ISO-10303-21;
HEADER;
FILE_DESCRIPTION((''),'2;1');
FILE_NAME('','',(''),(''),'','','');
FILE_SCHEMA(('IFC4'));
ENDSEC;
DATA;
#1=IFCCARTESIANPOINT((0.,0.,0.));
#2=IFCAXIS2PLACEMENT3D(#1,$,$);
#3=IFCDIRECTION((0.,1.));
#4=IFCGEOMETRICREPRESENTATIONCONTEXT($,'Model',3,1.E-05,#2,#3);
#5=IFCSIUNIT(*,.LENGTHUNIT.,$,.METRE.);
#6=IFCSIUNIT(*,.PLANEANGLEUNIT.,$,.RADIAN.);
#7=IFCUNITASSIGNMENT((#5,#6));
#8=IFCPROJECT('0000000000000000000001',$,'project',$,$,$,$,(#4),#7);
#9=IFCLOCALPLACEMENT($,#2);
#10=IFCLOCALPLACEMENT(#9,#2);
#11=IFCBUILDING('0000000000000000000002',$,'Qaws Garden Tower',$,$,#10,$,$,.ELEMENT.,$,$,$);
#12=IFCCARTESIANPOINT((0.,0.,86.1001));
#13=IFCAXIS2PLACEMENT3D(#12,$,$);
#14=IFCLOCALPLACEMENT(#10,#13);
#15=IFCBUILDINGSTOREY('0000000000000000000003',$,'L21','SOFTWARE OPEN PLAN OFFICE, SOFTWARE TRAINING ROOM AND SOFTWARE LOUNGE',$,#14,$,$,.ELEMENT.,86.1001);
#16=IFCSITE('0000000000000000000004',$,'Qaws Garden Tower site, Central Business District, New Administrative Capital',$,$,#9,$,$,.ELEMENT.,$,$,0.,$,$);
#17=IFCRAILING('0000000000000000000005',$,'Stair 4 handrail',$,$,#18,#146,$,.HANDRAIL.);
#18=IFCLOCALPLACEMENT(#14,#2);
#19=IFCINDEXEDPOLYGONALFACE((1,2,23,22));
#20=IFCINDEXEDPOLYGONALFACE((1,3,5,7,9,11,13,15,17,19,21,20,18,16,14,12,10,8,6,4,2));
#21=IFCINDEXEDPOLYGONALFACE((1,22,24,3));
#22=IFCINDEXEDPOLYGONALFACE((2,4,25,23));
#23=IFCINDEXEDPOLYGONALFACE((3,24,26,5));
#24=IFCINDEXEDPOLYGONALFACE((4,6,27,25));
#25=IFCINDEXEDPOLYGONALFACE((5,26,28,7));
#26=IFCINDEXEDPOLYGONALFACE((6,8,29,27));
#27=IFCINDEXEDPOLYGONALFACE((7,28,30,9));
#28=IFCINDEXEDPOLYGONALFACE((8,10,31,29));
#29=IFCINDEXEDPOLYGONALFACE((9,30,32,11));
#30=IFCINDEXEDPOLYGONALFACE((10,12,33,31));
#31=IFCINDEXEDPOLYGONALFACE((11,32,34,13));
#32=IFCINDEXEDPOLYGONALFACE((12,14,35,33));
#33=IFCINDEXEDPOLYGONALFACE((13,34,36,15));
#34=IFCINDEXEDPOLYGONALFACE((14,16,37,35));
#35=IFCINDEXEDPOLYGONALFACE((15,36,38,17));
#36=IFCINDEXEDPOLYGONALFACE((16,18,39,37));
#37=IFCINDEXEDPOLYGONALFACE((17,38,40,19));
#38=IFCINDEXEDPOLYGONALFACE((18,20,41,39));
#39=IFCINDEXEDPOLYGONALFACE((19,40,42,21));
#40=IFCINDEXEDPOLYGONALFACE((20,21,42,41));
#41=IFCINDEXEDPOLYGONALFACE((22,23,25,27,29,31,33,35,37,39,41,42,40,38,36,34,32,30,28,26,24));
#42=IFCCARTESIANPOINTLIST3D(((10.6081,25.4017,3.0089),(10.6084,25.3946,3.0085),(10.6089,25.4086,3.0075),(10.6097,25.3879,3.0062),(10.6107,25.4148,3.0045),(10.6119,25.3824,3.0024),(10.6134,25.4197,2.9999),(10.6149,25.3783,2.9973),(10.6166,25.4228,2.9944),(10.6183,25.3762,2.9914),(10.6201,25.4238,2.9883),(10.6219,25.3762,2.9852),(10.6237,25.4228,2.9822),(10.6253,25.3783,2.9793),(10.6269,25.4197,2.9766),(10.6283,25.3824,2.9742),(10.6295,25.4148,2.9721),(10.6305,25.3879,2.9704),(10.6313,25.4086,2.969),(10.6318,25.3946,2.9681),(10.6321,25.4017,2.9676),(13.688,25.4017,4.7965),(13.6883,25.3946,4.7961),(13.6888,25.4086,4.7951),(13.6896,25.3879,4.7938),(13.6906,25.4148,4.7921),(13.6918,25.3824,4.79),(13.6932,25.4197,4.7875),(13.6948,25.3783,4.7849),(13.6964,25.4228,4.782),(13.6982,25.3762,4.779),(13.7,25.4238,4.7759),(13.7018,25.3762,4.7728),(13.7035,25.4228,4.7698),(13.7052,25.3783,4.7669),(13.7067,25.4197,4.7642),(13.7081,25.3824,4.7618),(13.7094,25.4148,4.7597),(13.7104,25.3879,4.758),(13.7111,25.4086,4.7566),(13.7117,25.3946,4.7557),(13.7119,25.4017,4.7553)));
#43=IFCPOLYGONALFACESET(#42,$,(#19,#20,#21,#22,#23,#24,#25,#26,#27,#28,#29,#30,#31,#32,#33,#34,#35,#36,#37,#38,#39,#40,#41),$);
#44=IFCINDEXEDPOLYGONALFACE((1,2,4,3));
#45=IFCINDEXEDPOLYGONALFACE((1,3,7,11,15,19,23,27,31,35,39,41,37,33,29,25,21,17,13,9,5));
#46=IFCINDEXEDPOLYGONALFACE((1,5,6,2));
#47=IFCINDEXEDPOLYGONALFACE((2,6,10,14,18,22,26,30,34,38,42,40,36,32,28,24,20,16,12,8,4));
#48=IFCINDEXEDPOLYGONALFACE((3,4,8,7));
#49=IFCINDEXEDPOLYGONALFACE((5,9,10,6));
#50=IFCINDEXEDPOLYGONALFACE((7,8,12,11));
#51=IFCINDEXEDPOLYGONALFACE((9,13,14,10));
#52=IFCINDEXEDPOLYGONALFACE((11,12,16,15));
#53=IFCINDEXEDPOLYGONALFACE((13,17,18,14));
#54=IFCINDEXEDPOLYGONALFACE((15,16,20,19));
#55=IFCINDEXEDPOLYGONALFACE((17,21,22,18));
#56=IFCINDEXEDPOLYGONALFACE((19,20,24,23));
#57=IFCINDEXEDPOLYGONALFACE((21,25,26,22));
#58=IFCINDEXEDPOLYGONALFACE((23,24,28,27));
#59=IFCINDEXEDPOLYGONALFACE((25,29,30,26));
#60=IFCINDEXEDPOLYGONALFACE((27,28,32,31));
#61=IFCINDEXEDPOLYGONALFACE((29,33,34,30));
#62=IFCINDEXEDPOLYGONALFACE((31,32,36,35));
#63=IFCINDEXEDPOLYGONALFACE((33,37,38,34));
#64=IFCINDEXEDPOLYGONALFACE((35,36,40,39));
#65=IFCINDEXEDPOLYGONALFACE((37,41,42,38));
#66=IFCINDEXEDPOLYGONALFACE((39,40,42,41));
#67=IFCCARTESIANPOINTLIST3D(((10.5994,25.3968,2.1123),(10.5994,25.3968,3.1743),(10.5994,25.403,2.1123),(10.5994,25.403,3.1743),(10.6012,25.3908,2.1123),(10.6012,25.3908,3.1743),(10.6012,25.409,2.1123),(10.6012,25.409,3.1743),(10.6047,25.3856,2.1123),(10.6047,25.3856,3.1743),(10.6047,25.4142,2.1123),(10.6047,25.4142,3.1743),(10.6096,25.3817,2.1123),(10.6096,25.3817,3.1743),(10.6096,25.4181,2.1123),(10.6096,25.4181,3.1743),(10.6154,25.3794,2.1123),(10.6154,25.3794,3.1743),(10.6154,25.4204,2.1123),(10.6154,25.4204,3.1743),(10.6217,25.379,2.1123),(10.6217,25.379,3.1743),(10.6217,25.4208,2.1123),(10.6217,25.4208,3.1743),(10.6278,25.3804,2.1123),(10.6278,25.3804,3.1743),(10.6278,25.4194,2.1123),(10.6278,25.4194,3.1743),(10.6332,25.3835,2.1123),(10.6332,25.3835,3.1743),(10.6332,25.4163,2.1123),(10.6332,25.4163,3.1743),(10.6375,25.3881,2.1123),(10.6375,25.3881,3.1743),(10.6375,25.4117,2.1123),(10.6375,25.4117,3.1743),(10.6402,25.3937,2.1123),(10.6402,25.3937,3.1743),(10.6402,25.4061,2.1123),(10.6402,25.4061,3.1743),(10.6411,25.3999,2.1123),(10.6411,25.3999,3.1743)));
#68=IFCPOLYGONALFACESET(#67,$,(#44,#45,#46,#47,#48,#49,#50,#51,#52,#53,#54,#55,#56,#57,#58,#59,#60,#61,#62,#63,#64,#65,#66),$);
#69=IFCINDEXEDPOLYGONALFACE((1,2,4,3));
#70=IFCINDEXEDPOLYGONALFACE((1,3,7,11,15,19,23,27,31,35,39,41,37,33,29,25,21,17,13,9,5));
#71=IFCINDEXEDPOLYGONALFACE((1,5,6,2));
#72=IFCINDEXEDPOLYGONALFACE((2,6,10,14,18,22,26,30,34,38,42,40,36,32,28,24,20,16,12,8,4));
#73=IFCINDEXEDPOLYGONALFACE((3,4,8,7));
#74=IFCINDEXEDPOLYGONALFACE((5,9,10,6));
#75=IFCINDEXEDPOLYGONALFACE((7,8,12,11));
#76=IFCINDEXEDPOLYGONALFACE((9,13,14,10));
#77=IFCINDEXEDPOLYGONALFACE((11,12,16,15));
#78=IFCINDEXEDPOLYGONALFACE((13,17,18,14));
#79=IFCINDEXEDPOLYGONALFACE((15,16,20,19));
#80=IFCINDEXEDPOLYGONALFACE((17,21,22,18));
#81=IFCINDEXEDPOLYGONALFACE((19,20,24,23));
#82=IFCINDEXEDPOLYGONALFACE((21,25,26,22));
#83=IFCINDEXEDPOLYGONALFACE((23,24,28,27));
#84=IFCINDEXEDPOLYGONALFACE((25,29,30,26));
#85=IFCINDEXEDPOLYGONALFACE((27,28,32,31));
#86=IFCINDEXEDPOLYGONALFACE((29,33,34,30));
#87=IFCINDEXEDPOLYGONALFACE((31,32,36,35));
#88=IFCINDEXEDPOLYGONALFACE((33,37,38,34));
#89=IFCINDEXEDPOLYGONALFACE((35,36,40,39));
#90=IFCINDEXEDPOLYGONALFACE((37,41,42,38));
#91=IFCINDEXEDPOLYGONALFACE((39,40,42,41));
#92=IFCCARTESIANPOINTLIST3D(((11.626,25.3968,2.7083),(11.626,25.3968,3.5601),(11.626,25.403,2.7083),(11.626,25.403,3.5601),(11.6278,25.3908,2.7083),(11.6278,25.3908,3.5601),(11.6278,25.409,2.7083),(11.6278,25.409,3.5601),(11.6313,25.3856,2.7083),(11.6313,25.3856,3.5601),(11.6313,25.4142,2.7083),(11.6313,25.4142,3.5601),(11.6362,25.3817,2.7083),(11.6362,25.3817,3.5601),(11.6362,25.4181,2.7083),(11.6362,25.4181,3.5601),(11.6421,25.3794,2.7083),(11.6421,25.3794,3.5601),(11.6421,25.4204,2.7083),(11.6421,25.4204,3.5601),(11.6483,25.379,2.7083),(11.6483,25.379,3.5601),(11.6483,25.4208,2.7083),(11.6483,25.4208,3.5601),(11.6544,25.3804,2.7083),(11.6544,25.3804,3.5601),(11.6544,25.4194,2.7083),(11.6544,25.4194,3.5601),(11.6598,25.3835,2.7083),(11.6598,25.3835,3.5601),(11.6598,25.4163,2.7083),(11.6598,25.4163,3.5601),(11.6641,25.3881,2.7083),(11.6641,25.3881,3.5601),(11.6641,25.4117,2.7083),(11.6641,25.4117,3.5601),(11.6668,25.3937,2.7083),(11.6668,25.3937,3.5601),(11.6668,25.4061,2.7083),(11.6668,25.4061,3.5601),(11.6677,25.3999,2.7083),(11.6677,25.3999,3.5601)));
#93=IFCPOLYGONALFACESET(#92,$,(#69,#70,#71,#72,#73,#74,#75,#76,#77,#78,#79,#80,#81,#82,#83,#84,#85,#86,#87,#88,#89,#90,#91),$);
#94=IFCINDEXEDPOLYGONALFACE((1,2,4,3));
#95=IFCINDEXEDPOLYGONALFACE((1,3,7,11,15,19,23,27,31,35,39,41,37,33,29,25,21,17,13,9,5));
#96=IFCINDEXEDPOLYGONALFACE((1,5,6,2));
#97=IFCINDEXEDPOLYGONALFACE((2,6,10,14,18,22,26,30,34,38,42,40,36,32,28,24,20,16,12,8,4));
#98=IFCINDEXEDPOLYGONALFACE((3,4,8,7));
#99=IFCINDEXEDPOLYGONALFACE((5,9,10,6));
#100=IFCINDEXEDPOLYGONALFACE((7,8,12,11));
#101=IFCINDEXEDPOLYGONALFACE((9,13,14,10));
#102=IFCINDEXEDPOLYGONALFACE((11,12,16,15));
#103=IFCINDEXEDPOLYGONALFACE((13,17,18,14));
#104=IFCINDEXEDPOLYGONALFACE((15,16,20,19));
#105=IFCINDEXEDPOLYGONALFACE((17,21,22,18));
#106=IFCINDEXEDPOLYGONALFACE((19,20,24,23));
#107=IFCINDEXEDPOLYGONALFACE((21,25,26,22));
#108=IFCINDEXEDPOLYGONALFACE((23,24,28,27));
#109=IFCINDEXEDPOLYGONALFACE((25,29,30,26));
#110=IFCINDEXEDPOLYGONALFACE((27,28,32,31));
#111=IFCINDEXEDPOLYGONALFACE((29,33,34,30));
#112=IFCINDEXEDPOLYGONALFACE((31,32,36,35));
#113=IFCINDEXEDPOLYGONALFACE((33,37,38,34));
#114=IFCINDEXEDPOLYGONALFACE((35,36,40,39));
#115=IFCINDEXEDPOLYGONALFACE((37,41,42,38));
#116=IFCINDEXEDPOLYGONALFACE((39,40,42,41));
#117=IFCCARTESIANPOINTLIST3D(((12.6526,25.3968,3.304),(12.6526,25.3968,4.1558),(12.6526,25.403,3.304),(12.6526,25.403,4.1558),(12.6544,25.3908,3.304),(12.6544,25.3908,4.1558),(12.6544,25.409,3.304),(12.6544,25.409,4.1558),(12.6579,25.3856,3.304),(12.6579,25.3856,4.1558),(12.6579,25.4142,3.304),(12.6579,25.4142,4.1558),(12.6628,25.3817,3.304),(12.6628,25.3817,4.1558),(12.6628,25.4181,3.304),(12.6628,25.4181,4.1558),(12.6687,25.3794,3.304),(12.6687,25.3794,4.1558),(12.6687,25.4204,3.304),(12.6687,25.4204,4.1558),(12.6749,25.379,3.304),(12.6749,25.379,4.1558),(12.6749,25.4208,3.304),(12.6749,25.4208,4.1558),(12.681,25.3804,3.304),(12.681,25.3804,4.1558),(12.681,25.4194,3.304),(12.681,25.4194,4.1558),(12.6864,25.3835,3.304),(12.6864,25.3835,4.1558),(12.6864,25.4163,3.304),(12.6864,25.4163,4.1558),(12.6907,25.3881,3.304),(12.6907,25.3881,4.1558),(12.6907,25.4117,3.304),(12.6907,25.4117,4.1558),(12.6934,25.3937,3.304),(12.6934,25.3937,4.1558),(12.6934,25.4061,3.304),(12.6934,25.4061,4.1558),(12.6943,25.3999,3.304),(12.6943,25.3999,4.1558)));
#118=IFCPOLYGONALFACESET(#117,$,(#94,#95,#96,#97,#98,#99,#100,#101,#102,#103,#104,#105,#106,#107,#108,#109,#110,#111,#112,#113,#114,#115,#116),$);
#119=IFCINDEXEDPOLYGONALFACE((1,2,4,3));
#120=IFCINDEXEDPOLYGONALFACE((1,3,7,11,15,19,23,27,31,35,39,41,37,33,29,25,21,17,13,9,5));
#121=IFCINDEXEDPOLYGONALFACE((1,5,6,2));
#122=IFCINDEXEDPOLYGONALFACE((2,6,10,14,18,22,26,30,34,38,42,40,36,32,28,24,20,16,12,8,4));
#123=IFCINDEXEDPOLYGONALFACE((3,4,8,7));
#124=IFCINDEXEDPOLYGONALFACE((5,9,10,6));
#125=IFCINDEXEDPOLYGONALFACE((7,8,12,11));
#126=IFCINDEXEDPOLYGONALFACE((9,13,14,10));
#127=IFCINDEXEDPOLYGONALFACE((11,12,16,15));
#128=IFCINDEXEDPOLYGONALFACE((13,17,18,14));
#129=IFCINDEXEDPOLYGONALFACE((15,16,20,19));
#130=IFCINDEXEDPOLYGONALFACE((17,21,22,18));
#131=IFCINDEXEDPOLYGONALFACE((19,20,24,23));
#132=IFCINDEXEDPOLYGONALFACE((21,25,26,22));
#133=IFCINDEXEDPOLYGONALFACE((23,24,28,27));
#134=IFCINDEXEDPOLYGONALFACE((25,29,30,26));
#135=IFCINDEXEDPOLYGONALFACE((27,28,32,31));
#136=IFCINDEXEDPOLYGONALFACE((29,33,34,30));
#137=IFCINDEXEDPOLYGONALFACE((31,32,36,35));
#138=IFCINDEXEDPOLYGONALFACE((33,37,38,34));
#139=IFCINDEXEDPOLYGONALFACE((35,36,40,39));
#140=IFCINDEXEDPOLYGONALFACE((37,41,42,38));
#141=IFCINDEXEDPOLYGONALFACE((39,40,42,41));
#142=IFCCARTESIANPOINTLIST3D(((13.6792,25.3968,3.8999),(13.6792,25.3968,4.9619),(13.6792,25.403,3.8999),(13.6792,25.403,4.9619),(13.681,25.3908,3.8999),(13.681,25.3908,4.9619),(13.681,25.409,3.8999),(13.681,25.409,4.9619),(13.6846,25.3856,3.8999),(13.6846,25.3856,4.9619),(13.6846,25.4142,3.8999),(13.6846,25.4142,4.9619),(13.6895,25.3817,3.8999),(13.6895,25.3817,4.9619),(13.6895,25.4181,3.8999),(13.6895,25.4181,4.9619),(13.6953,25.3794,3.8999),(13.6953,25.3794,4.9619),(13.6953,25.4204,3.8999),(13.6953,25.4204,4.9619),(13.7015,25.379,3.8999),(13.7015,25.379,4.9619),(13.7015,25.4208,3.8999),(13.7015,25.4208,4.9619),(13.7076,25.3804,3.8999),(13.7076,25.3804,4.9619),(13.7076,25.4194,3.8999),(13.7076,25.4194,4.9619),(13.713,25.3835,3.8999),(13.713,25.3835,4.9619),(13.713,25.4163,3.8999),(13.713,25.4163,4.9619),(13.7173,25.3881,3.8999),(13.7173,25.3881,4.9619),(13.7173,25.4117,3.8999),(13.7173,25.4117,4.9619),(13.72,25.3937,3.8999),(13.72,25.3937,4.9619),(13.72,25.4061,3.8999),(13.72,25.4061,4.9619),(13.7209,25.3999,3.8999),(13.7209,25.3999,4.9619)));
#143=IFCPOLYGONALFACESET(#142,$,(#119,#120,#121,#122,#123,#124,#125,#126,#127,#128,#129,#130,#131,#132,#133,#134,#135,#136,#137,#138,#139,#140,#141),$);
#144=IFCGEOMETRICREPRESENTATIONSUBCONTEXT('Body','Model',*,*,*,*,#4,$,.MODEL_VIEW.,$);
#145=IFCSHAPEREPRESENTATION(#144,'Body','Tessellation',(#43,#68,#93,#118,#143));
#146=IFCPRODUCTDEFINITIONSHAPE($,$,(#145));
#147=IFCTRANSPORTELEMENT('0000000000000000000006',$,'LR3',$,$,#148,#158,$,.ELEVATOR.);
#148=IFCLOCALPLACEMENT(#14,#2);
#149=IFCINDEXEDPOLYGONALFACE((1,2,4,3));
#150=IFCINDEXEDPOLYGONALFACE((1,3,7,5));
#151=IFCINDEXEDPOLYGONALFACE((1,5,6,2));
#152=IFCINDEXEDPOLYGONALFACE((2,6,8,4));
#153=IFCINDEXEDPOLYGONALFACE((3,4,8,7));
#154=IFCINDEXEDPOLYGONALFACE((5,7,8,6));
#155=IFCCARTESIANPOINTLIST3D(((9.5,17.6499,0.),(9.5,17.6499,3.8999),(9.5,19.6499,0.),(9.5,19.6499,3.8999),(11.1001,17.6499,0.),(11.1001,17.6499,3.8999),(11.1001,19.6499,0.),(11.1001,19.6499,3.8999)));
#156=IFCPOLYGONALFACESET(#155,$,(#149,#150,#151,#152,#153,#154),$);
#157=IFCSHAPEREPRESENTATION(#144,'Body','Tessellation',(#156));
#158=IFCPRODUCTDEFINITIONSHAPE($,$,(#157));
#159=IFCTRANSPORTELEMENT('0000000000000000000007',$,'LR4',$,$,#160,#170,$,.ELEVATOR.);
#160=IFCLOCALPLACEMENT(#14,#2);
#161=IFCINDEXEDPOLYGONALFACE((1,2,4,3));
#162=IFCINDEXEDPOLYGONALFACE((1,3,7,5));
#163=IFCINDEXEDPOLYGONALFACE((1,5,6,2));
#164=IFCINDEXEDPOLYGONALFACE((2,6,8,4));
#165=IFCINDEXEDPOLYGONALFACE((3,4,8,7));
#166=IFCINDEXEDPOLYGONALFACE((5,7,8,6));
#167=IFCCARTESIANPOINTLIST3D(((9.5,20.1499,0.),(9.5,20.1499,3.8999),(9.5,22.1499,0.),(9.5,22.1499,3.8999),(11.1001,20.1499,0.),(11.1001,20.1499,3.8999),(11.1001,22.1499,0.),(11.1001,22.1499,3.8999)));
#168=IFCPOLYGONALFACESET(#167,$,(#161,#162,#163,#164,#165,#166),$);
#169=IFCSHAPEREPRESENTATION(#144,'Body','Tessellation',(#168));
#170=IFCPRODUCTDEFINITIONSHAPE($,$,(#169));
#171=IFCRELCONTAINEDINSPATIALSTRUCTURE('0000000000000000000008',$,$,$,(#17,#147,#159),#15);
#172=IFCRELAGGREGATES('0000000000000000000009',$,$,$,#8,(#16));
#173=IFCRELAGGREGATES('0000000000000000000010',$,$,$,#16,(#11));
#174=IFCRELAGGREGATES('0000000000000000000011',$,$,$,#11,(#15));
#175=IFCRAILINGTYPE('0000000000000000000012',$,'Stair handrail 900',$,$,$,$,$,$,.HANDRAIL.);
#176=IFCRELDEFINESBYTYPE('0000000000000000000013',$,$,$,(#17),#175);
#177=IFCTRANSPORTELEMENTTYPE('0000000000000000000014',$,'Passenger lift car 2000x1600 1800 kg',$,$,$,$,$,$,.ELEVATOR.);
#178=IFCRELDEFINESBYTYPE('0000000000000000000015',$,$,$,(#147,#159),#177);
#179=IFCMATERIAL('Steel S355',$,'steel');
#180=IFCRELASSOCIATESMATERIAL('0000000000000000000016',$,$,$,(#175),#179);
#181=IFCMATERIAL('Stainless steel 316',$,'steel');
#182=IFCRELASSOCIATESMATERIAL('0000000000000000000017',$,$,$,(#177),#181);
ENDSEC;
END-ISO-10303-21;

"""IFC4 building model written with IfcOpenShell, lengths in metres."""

from ifc_helpers import new_model, si_unit, direction, frame, origin, origin_2d, place, context, subcontext, project, spatial, rectangle, circle, extrude, material, type_object, element, save


model = new_model("IFC4")

# Units and contexts
model_context = context("Model", 3, precision=1e-05, world=origin(), true_north=direction((0.0, 1.0)))
body_context = subcontext(model_context, "Body", "Model", "MODEL_VIEW")
ifc_project = project(units=[si_unit("LENGTHUNIT", "METRE"), si_unit("PLANEANGLEUNIT", "RADIAN")], contexts=[model_context])

# Site, building, storey
site_placement = place(None, origin())
site = spatial("IfcSite", under=ifc_project, at=site_placement, Name="Qaws Garden Tower site, Central Business District, New Administrative Capital", CompositionType="ELEMENT", RefElevation=0.0)
building_placement = place(site_placement, origin())
building = spatial("IfcBuilding", under=site, at=building_placement, Name="Qaws Garden Tower", CompositionType="ELEMENT")
storey_placement = place(building_placement, frame((0.0, 0.0, 86.1001)))
storey = spatial("IfcBuildingStorey", under=building, at=storey_placement, Name="L21", Description="SOFTWARE OPEN PLAN OFFICE, SOFTWARE TRAINING ROOM AND SOFTWARE LOUNGE", CompositionType="ELEMENT", Elevation=86.1001)

# Railing
ifc_material_1 = material(Name="Steel S355", Category="steel")
railing_type = type_object("IfcRailingType", Name="Stair handrail 900", PredefinedType="HANDRAIL", material=ifc_material_1)
railing_1_placement = place(storey_placement, frame((10.6201, 25.3999, 2.1123)))
element("IfcRailing", 1, at=railing_1_placement, inside=storey, type_object=railing_type, Name="Stair 4 handrail", PredefinedType="HANDRAIL", context=body_context, shape_type="SweptSolid", body=[
    extrude(circle(Radius=0.0239, at=origin_2d()), frame((0.0, 0.0, 0.876), z_axis=(0.864873, 0.0, 0.50199), x_axis=(0.0, 1.0, 0.0)), (0.0, 0.0, 1.0), 3.561),
    extrude(circle(Radius=0.021, at=origin_2d()), origin(), (0.0, 0.0, 1.0), 1.062),
    extrude(circle(Radius=0.021, at=origin_2d()), frame((1.0266, 0.0, 0.5959)), (0.0, 0.0, 1.0), 0.8518),
    extrude(circle(Radius=0.021, at=origin_2d()), frame((2.0532, 0.0, 1.1917)), (0.0, 0.0, 1.0), 0.8518),
    extrude(circle(Radius=0.021, at=origin_2d()), frame((3.0798, 0.0, 1.7876)), (0.0, 0.0, 1.0), 1.062),
])

# Transport elements
ifc_material_2 = material(Name="Stainless steel 316", Category="steel")
transport_element_type = type_object("IfcTransportElementType", Name="Passenger lift car 2000x1600 1800 kg", PredefinedType="ELEVATOR", material=ifc_material_2)
for number, where, z_axis, x_axis, name in (
    (2, (10.3, 18.6499, 0.0), (0.0, 0.0, 1.0), (1.0, 0.0, 0.0), "LR3"),
    (3, (10.3, 21.1499, 0.0), (0.0, 0.0, 1.0), (1.0, 0.0, 0.0), "LR4"),
):
    element("IfcTransportElement", number, at=place(storey_placement, frame(where, z_axis=z_axis, x_axis=x_axis)), inside=storey, type_object=transport_element_type, Name=name, PredefinedType="ELEVATOR", context=body_context, shape_type="SweptSolid", body=[
        extrude(rectangle(XDim=1.6001, YDim=2.0, at=origin_2d()), origin(), (0.0, 0.0, 1.0), 3.8999),
    ])

save(model, "model.ifc")
